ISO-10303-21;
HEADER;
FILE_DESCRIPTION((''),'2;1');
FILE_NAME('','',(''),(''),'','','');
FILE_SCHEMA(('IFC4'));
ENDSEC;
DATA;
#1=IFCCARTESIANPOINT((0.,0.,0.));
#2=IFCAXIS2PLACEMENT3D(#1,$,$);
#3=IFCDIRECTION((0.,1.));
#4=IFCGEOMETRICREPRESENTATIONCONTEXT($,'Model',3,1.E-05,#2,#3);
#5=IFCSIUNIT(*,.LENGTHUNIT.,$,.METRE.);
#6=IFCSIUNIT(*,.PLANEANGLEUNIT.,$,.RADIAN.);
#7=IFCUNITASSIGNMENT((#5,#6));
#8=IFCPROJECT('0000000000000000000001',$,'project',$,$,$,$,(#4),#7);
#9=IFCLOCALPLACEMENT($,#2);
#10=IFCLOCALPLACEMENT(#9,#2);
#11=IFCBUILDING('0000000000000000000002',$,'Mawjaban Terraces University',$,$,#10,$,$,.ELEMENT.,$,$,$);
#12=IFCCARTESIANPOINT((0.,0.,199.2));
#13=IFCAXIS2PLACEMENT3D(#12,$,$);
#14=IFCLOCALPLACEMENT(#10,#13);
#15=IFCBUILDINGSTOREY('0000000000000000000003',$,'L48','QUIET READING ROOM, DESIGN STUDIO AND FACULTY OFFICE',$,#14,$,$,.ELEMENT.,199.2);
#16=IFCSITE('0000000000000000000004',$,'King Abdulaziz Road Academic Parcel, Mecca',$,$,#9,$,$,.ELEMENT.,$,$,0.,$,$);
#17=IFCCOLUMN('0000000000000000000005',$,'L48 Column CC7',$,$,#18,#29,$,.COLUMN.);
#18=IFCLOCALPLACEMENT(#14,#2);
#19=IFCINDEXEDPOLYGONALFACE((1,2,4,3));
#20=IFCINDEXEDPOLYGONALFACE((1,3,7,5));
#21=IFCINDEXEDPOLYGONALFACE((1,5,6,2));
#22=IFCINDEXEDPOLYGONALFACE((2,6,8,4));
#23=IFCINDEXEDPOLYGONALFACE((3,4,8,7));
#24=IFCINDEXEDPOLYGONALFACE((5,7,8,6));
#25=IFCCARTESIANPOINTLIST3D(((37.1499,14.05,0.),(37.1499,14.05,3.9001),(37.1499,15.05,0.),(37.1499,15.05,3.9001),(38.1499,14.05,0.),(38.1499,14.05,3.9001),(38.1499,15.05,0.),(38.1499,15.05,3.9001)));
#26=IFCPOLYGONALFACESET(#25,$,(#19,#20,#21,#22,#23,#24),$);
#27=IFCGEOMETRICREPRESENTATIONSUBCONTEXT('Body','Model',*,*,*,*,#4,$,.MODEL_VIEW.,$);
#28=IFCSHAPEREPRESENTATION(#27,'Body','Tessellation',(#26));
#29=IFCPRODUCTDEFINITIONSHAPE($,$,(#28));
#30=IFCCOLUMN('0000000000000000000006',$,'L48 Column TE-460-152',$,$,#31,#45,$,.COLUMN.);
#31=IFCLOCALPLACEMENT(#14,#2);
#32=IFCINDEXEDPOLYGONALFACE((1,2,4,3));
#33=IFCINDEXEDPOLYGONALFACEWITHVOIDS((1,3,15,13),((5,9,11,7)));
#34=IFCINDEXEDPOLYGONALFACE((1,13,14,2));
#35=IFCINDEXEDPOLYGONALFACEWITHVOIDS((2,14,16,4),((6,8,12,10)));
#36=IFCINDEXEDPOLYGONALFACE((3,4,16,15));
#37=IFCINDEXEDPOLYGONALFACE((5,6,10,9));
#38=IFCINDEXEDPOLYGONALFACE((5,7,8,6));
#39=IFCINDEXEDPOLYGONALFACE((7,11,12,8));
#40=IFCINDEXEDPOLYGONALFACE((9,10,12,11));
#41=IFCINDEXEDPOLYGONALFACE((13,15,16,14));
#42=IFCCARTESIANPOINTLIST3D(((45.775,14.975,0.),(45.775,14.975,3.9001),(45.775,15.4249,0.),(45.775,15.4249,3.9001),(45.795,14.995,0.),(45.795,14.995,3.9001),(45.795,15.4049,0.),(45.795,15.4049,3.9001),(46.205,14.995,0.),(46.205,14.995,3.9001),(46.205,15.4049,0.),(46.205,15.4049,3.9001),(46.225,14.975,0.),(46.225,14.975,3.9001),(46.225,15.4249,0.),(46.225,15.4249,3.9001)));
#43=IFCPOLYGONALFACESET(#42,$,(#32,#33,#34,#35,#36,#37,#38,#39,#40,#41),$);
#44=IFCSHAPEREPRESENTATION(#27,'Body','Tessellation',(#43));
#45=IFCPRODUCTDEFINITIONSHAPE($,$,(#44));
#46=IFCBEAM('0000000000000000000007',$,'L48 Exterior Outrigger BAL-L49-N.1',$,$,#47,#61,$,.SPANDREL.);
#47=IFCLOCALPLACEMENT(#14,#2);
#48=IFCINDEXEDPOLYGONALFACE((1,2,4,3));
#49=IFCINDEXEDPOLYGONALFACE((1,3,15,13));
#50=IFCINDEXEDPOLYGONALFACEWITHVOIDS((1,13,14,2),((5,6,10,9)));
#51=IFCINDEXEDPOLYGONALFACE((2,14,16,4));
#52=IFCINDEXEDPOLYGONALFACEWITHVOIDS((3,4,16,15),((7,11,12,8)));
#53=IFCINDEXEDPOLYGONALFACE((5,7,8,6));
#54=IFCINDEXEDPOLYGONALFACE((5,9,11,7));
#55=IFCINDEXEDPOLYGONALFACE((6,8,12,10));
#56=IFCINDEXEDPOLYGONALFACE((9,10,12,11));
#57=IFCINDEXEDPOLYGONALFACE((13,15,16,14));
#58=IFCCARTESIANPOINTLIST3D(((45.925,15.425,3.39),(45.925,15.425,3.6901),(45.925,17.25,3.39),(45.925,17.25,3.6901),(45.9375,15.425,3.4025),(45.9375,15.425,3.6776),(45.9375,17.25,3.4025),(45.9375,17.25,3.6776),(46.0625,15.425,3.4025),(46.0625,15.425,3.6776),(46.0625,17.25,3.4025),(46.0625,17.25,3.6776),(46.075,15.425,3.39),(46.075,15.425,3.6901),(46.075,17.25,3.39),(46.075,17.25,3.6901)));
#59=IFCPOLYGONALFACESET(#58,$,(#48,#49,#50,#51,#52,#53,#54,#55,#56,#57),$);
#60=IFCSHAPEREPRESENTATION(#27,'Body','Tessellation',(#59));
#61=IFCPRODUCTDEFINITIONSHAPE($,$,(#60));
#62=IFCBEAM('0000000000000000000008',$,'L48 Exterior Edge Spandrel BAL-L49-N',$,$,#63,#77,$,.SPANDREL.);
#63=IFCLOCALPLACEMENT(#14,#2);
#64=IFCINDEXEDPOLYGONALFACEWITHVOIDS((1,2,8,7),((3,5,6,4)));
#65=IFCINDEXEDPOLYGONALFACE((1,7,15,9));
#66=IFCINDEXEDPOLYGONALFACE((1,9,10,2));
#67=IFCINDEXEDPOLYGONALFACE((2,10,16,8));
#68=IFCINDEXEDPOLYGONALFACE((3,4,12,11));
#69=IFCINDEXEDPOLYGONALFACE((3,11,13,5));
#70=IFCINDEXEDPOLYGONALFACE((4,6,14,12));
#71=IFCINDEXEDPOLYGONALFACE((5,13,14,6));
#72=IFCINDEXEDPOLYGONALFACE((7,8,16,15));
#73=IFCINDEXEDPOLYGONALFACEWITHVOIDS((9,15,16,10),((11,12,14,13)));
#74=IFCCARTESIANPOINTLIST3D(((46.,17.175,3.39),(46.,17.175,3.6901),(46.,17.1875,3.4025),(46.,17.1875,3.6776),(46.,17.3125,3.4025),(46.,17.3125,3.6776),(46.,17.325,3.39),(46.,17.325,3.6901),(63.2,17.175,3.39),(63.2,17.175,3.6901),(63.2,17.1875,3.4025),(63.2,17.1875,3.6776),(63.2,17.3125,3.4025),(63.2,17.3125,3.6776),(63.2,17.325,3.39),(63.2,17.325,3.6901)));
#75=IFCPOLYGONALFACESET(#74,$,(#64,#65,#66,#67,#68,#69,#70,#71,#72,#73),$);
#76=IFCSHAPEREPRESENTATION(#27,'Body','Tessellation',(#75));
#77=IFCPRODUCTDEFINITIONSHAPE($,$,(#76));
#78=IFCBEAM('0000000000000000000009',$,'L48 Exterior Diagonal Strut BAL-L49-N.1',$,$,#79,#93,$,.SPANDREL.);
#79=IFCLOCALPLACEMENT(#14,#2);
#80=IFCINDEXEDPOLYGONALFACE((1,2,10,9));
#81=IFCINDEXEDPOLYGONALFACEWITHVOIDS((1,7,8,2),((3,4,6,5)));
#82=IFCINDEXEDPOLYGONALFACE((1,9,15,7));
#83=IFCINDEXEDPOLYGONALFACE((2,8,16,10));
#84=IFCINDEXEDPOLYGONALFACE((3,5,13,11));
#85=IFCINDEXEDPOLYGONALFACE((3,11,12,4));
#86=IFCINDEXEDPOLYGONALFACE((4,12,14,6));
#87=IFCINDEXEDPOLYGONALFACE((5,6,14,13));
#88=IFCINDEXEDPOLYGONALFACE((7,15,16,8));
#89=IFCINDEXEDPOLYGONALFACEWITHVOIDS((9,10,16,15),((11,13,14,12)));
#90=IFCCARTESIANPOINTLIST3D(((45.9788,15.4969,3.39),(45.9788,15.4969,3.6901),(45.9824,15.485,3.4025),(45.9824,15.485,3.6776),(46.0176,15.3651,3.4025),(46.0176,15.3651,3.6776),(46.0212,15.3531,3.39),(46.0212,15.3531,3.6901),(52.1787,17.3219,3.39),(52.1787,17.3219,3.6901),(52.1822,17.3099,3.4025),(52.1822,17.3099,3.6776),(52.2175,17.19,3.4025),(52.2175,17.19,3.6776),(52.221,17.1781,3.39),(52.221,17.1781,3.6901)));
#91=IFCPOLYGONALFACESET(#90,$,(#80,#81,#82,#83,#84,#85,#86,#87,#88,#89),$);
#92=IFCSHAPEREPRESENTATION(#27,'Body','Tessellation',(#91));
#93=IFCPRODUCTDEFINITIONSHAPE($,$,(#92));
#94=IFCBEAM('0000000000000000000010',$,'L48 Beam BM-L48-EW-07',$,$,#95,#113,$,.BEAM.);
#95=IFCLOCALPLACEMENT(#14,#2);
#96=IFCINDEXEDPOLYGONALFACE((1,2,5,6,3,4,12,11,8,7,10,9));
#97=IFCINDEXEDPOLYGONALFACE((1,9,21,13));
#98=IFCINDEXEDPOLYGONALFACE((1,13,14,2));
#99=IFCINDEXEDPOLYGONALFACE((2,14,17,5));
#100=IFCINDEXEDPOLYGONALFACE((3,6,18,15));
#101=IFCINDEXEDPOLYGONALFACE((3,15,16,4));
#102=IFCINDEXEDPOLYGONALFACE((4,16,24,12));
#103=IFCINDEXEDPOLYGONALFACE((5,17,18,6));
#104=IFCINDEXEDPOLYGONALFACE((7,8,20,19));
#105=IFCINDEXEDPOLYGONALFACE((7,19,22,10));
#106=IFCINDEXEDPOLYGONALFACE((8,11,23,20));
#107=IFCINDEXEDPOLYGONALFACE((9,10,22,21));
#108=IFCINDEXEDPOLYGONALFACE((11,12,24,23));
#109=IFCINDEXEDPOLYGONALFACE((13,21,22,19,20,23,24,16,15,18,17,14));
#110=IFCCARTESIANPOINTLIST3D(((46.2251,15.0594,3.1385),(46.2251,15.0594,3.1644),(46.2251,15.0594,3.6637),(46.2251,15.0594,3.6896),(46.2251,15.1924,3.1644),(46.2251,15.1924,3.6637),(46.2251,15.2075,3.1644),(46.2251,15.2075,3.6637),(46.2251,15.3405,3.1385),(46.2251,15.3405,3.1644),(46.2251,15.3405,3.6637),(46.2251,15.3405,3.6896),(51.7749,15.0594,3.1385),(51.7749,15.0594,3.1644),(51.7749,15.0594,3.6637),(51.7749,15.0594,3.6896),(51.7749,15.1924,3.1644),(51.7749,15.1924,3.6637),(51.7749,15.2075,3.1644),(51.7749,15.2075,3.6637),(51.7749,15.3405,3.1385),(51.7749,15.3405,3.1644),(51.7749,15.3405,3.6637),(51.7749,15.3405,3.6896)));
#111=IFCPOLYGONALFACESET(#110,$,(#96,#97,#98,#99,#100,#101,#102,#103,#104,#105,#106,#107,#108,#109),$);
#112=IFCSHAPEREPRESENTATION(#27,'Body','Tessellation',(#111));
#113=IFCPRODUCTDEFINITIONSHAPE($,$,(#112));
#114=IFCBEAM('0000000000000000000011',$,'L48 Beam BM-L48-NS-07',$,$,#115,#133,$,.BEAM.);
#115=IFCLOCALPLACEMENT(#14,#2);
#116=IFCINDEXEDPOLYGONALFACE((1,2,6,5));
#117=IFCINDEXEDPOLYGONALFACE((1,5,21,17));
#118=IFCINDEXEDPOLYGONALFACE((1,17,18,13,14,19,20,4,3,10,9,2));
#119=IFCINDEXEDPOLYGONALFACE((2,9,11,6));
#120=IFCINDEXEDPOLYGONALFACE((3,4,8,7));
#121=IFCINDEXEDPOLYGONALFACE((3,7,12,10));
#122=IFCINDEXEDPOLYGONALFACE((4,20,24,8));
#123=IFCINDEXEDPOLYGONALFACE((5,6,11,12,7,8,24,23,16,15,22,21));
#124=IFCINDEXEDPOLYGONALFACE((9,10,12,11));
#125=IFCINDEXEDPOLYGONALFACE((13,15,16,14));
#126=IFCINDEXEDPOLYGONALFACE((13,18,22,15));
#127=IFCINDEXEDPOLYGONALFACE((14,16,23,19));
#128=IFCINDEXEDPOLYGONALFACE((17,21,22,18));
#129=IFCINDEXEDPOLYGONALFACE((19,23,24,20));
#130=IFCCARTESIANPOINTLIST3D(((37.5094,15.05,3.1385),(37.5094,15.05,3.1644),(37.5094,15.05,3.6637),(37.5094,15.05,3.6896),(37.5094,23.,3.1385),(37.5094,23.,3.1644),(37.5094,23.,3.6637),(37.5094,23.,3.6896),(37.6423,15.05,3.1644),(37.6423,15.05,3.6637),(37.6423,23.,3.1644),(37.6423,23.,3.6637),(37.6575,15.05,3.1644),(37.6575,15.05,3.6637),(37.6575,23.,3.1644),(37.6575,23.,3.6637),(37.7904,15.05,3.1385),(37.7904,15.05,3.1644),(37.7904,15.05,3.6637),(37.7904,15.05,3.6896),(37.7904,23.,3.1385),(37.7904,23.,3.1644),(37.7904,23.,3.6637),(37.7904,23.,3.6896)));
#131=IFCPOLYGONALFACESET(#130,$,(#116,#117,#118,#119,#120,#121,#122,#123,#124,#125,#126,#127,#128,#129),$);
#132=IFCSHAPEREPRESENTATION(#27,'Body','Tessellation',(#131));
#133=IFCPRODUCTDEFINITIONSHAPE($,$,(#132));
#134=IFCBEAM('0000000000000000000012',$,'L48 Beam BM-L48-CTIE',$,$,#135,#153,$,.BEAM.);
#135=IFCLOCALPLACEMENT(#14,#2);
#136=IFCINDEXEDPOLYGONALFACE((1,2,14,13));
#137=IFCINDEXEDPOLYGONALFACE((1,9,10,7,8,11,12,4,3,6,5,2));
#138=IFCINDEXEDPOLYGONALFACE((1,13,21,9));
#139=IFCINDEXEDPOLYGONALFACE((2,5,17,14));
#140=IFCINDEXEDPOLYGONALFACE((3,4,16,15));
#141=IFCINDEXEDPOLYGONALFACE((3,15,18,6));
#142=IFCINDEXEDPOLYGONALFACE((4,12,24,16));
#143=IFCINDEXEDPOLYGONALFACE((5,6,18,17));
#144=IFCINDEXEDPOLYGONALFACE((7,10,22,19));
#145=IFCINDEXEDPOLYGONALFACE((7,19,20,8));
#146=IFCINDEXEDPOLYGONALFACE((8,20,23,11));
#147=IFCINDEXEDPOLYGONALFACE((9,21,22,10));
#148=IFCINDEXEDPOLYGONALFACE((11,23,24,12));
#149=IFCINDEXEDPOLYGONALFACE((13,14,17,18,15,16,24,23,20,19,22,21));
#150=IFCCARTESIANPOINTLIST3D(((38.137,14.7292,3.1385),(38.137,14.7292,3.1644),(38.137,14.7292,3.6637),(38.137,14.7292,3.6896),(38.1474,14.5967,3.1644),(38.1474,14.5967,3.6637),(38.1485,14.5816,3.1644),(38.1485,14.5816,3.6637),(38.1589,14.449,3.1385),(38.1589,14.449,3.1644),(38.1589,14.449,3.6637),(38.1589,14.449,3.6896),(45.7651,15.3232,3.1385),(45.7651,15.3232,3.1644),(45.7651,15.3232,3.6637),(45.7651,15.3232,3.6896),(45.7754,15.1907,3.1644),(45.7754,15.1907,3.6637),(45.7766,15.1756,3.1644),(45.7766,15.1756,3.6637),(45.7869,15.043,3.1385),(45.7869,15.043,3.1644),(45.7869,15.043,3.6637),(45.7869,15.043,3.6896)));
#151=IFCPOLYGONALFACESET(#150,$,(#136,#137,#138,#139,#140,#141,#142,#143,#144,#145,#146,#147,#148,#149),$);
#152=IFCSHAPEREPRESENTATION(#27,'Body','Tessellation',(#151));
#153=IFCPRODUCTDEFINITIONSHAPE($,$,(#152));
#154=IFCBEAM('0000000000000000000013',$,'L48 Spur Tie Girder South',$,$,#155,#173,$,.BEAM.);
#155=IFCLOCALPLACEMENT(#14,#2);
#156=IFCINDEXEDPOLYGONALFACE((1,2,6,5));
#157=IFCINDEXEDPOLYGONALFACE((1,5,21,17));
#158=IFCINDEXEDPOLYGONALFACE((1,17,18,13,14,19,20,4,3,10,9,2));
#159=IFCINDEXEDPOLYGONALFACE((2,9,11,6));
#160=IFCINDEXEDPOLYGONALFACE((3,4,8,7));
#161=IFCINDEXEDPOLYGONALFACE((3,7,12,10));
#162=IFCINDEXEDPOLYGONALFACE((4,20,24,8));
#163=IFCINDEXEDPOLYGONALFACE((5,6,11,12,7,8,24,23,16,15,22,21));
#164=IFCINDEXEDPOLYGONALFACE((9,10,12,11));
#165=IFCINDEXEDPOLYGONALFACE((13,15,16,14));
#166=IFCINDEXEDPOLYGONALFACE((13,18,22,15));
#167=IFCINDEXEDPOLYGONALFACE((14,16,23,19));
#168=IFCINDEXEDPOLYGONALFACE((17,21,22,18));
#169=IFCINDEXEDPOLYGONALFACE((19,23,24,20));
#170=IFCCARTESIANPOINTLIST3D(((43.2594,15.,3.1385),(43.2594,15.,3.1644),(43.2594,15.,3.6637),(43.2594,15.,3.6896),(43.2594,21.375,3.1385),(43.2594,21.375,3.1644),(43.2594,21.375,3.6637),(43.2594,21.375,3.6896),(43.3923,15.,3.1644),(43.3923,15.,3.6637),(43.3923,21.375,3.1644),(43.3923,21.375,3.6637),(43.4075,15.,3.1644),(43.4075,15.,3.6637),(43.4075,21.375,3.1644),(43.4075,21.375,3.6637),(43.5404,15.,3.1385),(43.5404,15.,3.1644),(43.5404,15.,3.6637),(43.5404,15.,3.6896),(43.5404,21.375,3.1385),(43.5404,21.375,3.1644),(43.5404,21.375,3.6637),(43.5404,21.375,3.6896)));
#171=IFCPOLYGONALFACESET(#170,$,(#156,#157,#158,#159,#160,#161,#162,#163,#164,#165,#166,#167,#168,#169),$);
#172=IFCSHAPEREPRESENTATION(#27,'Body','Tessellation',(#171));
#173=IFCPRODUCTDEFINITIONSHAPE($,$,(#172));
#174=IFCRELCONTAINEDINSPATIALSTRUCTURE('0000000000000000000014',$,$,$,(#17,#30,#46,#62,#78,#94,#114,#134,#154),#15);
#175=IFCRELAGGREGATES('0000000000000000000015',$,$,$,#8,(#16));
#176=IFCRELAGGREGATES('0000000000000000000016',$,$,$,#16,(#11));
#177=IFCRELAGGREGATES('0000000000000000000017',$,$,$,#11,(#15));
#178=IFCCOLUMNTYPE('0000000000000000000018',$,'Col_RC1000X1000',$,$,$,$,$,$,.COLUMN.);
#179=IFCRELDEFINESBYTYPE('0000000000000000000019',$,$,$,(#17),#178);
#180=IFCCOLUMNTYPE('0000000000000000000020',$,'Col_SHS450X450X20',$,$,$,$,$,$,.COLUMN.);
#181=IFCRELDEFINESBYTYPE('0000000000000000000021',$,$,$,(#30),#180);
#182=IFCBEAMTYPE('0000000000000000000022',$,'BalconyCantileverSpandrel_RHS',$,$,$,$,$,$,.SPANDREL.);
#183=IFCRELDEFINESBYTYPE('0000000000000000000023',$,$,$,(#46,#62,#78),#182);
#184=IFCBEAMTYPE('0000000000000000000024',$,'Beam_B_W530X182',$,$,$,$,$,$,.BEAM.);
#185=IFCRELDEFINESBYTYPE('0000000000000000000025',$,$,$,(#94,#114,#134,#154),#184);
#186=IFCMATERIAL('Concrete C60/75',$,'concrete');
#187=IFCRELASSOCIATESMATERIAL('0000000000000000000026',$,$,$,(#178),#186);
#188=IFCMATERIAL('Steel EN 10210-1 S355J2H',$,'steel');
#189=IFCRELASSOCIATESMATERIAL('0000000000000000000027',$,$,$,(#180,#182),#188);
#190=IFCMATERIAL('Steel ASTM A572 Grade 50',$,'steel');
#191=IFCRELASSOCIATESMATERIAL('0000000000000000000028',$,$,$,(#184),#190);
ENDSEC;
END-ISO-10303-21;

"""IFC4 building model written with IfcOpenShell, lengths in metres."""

from ifc_helpers import new_model, si_unit, direction, frame, origin, origin_2d, place, context, subcontext, project, spatial, rectangle, hollow_rectangle, i_section, extrude, material, material_profile, profile_set, type_object, element, save


model = new_model("IFC4")

# Units and contexts
model_context = context("Model", 3, precision=1e-05, world=origin(), true_north=direction((0.0, 1.0)))
body_context = subcontext(model_context, "Body", "Model", "MODEL_VIEW")
ifc_project = project(units=[si_unit("LENGTHUNIT", "METRE"), si_unit("PLANEANGLEUNIT", "RADIAN")], contexts=[model_context])

# Site, building, storey
site_placement = place(None, origin())
site = spatial("IfcSite", under=ifc_project, at=site_placement, Name="King Abdulaziz Road Academic Parcel, Mecca", CompositionType="ELEMENT", RefElevation=0.0)
building_placement = place(site_placement, origin())
building = spatial("IfcBuilding", under=site, at=building_placement, Name="Mawjaban Terraces University", CompositionType="ELEMENT")
storey_placement = place(building_placement, frame((0.0, 0.0, 199.2)))
storey = spatial("IfcBuildingStorey", under=building, at=storey_placement, Name="L48", Description="QUIET READING ROOM, DESIGN STUDIO AND FACULTY OFFICE", CompositionType="ELEMENT", Elevation=199.2)

# Columns
ifc_material_1 = material(Name="Concrete C60/75", Category="concrete")
ifc_material_profile_1 = material_profile(ifc_material_1, rectangle(XDim=1.0, YDim=1.0, at=origin_2d()), Name="RC1000X1000")
ifc_profile_set_1 = profile_set([ifc_material_profile_1], Name="Concrete C60/75")
column_type_1 = type_object("IfcColumnType", Name="Col_RC1000X1000", PredefinedType="COLUMN", material=ifc_profile_set_1)
column_1_placement = place(storey_placement, frame((37.6499, 14.55, 0.0), z_axis=(0.0, 0.0, 1.0), x_axis=(1.0, 0.0, 0.0)))
element("IfcColumn", 1, at=column_1_placement, inside=storey, type_object=column_type_1, Name="L48 Column CC7", PredefinedType="COLUMN", context=body_context, shape_type="SweptSolid", body=[
    extrude(rectangle(XDim=1.0, YDim=1.0, at=origin_2d()), origin(), (0.0, 0.0, 1.0), 3.9001),
])
ifc_material_2 = material(Name="Steel EN 10210-1 S355J2H", Category="steel")
ifc_material_profile_2 = material_profile(ifc_material_2, hollow_rectangle(XDim=0.45, YDim=0.45, WallThickness=0.02, at=origin_2d()), Name="SHS450X450X20")
ifc_profile_set_2 = profile_set([ifc_material_profile_2], Name="Steel EN 10210-1 S355J2H")
column_type_2 = type_object("IfcColumnType", Name="Col_SHS450X450X20", PredefinedType="COLUMN", material=ifc_profile_set_2)
column_2_placement = place(storey_placement, frame((46.0, 15.2, 0.0), z_axis=(0.0, 0.0, 1.0), x_axis=(1.0, 0.0, 0.0)))
element("IfcColumn", 2, at=column_2_placement, inside=storey, type_object=column_type_2, Name="L48 Column TE-460-152", PredefinedType="COLUMN", context=body_context, shape_type="SweptSolid", body=[
    extrude(hollow_rectangle(XDim=0.45, YDim=0.45, WallThickness=0.02, at=origin_2d()), origin(), (0.0, 0.0, 1.0), 3.9001),
])

# Beams
ifc_material_profile_3 = material_profile(ifc_material_2, hollow_rectangle(XDim=0.1499, YDim=0.3, WallThickness=0.0125, at=origin_2d()), Name="RHS300X150X12.5")
ifc_profile_set_3 = profile_set([ifc_material_profile_3], Name="Steel EN 10210-1 S355J2H")
beam_type_1 = type_object("IfcBeamType", Name="BalconyCantileverSpandrel_RHS", PredefinedType="SPANDREL", material=ifc_profile_set_3)
beam_1_placement = place(storey_placement, frame((46.0, 15.425, 3.54), z_axis=(0.0, 1.0, 0.0), x_axis=(-1.0, 0.0, 0.0)))
element("IfcBeam", 3, at=beam_1_placement, inside=storey, type_object=beam_type_1, Name="L48 Exterior Outrigger BAL-L49-N.1", PredefinedType="SPANDREL", context=body_context, shape_type="SweptSolid", body=[
    extrude(hollow_rectangle(XDim=0.1499, YDim=0.3, WallThickness=0.0125, at=origin_2d()), origin(), (0.0, 0.0, 1.0), 1.825),
])
beam_2_placement = place(storey_placement, frame((46.0, 17.25, 3.54), z_axis=(1.0, 0.0, 0.0), x_axis=(0.0, 1.0, 0.0)))
element("IfcBeam", 4, at=beam_2_placement, inside=storey, type_object=beam_type_1, Name="L48 Exterior Edge Spandrel BAL-L49-N", PredefinedType="SPANDREL", context=body_context, shape_type="SweptSolid", body=[
    extrude(hollow_rectangle(XDim=0.1499, YDim=0.3, WallThickness=0.0125, at=origin_2d()), origin(), (0.0, 0.0, 1.0), 17.2),
])
beam_3_placement = place(storey_placement, frame((46.0, 15.425, 3.54), z_axis=(0.959305, 0.282371, 0.0), x_axis=(-0.282371, 0.959305, 0.0)))
element("IfcBeam", 5, at=beam_3_placement, inside=storey, type_object=beam_type_1, Name="L48 Exterior Diagonal Strut BAL-L49-N.1", PredefinedType="SPANDREL", context=body_context, shape_type="SweptSolid", body=[
    extrude(hollow_rectangle(XDim=0.1499, YDim=0.3, WallThickness=0.0125, at=origin_2d()), origin(), (0.0, 0.0, 1.0), 6.4629),
])
ifc_material_3 = material(Name="Steel ASTM A572 Grade 50", Category="steel")
ifc_material_profile_4 = material_profile(ifc_material_3, i_section(OverallWidth=0.281, OverallDepth=0.551, WebThickness=0.0151, FlangeThickness=0.0259, at=origin_2d()), Name="W530X182")
ifc_profile_set_4 = profile_set([ifc_material_profile_4], Name="Steel ASTM A572 Grade 50")
beam_type_2 = type_object("IfcBeamType", Name="Beam_B_W530X182", PredefinedType="BEAM", material=ifc_profile_set_4)
beam_4_placement = place(storey_placement, frame((46.2251, 15.2, 3.4141), z_axis=(1.0, 0.0, 0.0), x_axis=(0.0, 1.0, 0.0)))
element("IfcBeam", 6, at=beam_4_placement, inside=storey, type_object=beam_type_2, Name="L48 Beam BM-L48-EW-07", PredefinedType="BEAM", context=body_context, shape_type="SweptSolid", body=[
    extrude(i_section(OverallWidth=0.281, OverallDepth=0.551, WebThickness=0.0151, FlangeThickness=0.0259, at=origin_2d()), origin(), (0.0, 0.0, 1.0), 5.5498),
])
beam_5_placement = place(storey_placement, frame((37.6499, 15.05, 3.4141), z_axis=(0.0, 1.0, 0.0), x_axis=(-1.0, 0.0, 0.0)))
element("IfcBeam", 7, at=beam_5_placement, inside=storey, type_object=beam_type_2, Name="L48 Beam BM-L48-NS-07", PredefinedType="BEAM", context=body_context, shape_type="SweptSolid", body=[
    extrude(i_section(OverallWidth=0.281, OverallDepth=0.551, WebThickness=0.0151, FlangeThickness=0.0259, at=origin_2d()), origin(), (0.0, 0.0, 1.0), 7.95),
])
beam_6_placement = place(storey_placement, frame((38.1479, 14.5891, 3.4141), z_axis=(0.996982, 0.077636, 0.0), x_axis=(-0.077636, 0.996982, 0.0)))
element("IfcBeam", 8, at=beam_6_placement, inside=storey, type_object=beam_type_2, Name="L48 Beam BM-L48-CTIE", PredefinedType="BEAM", context=body_context, shape_type="SweptSolid", body=[
    extrude(i_section(OverallWidth=0.281, OverallDepth=0.551, WebThickness=0.0151, FlangeThickness=0.0259, at=origin_2d()), origin(), (0.0, 0.0, 1.0), 7.6511),
])
beam_7_placement = place(storey_placement, frame((43.3999, 15.0, 3.4141), z_axis=(0.0, 1.0, 0.0), x_axis=(-1.0, 0.0, 0.0)))
element("IfcBeam", 9, at=beam_7_placement, inside=storey, type_object=beam_type_2, Name="L48 Spur Tie Girder South", PredefinedType="BEAM", context=body_context, shape_type="SweptSolid", body=[
    extrude(i_section(OverallWidth=0.281, OverallDepth=0.551, WebThickness=0.0151, FlangeThickness=0.0259, at=origin_2d()), origin(), (0.0, 0.0, 1.0), 6.375),
])

save(model, "model.ifc")
